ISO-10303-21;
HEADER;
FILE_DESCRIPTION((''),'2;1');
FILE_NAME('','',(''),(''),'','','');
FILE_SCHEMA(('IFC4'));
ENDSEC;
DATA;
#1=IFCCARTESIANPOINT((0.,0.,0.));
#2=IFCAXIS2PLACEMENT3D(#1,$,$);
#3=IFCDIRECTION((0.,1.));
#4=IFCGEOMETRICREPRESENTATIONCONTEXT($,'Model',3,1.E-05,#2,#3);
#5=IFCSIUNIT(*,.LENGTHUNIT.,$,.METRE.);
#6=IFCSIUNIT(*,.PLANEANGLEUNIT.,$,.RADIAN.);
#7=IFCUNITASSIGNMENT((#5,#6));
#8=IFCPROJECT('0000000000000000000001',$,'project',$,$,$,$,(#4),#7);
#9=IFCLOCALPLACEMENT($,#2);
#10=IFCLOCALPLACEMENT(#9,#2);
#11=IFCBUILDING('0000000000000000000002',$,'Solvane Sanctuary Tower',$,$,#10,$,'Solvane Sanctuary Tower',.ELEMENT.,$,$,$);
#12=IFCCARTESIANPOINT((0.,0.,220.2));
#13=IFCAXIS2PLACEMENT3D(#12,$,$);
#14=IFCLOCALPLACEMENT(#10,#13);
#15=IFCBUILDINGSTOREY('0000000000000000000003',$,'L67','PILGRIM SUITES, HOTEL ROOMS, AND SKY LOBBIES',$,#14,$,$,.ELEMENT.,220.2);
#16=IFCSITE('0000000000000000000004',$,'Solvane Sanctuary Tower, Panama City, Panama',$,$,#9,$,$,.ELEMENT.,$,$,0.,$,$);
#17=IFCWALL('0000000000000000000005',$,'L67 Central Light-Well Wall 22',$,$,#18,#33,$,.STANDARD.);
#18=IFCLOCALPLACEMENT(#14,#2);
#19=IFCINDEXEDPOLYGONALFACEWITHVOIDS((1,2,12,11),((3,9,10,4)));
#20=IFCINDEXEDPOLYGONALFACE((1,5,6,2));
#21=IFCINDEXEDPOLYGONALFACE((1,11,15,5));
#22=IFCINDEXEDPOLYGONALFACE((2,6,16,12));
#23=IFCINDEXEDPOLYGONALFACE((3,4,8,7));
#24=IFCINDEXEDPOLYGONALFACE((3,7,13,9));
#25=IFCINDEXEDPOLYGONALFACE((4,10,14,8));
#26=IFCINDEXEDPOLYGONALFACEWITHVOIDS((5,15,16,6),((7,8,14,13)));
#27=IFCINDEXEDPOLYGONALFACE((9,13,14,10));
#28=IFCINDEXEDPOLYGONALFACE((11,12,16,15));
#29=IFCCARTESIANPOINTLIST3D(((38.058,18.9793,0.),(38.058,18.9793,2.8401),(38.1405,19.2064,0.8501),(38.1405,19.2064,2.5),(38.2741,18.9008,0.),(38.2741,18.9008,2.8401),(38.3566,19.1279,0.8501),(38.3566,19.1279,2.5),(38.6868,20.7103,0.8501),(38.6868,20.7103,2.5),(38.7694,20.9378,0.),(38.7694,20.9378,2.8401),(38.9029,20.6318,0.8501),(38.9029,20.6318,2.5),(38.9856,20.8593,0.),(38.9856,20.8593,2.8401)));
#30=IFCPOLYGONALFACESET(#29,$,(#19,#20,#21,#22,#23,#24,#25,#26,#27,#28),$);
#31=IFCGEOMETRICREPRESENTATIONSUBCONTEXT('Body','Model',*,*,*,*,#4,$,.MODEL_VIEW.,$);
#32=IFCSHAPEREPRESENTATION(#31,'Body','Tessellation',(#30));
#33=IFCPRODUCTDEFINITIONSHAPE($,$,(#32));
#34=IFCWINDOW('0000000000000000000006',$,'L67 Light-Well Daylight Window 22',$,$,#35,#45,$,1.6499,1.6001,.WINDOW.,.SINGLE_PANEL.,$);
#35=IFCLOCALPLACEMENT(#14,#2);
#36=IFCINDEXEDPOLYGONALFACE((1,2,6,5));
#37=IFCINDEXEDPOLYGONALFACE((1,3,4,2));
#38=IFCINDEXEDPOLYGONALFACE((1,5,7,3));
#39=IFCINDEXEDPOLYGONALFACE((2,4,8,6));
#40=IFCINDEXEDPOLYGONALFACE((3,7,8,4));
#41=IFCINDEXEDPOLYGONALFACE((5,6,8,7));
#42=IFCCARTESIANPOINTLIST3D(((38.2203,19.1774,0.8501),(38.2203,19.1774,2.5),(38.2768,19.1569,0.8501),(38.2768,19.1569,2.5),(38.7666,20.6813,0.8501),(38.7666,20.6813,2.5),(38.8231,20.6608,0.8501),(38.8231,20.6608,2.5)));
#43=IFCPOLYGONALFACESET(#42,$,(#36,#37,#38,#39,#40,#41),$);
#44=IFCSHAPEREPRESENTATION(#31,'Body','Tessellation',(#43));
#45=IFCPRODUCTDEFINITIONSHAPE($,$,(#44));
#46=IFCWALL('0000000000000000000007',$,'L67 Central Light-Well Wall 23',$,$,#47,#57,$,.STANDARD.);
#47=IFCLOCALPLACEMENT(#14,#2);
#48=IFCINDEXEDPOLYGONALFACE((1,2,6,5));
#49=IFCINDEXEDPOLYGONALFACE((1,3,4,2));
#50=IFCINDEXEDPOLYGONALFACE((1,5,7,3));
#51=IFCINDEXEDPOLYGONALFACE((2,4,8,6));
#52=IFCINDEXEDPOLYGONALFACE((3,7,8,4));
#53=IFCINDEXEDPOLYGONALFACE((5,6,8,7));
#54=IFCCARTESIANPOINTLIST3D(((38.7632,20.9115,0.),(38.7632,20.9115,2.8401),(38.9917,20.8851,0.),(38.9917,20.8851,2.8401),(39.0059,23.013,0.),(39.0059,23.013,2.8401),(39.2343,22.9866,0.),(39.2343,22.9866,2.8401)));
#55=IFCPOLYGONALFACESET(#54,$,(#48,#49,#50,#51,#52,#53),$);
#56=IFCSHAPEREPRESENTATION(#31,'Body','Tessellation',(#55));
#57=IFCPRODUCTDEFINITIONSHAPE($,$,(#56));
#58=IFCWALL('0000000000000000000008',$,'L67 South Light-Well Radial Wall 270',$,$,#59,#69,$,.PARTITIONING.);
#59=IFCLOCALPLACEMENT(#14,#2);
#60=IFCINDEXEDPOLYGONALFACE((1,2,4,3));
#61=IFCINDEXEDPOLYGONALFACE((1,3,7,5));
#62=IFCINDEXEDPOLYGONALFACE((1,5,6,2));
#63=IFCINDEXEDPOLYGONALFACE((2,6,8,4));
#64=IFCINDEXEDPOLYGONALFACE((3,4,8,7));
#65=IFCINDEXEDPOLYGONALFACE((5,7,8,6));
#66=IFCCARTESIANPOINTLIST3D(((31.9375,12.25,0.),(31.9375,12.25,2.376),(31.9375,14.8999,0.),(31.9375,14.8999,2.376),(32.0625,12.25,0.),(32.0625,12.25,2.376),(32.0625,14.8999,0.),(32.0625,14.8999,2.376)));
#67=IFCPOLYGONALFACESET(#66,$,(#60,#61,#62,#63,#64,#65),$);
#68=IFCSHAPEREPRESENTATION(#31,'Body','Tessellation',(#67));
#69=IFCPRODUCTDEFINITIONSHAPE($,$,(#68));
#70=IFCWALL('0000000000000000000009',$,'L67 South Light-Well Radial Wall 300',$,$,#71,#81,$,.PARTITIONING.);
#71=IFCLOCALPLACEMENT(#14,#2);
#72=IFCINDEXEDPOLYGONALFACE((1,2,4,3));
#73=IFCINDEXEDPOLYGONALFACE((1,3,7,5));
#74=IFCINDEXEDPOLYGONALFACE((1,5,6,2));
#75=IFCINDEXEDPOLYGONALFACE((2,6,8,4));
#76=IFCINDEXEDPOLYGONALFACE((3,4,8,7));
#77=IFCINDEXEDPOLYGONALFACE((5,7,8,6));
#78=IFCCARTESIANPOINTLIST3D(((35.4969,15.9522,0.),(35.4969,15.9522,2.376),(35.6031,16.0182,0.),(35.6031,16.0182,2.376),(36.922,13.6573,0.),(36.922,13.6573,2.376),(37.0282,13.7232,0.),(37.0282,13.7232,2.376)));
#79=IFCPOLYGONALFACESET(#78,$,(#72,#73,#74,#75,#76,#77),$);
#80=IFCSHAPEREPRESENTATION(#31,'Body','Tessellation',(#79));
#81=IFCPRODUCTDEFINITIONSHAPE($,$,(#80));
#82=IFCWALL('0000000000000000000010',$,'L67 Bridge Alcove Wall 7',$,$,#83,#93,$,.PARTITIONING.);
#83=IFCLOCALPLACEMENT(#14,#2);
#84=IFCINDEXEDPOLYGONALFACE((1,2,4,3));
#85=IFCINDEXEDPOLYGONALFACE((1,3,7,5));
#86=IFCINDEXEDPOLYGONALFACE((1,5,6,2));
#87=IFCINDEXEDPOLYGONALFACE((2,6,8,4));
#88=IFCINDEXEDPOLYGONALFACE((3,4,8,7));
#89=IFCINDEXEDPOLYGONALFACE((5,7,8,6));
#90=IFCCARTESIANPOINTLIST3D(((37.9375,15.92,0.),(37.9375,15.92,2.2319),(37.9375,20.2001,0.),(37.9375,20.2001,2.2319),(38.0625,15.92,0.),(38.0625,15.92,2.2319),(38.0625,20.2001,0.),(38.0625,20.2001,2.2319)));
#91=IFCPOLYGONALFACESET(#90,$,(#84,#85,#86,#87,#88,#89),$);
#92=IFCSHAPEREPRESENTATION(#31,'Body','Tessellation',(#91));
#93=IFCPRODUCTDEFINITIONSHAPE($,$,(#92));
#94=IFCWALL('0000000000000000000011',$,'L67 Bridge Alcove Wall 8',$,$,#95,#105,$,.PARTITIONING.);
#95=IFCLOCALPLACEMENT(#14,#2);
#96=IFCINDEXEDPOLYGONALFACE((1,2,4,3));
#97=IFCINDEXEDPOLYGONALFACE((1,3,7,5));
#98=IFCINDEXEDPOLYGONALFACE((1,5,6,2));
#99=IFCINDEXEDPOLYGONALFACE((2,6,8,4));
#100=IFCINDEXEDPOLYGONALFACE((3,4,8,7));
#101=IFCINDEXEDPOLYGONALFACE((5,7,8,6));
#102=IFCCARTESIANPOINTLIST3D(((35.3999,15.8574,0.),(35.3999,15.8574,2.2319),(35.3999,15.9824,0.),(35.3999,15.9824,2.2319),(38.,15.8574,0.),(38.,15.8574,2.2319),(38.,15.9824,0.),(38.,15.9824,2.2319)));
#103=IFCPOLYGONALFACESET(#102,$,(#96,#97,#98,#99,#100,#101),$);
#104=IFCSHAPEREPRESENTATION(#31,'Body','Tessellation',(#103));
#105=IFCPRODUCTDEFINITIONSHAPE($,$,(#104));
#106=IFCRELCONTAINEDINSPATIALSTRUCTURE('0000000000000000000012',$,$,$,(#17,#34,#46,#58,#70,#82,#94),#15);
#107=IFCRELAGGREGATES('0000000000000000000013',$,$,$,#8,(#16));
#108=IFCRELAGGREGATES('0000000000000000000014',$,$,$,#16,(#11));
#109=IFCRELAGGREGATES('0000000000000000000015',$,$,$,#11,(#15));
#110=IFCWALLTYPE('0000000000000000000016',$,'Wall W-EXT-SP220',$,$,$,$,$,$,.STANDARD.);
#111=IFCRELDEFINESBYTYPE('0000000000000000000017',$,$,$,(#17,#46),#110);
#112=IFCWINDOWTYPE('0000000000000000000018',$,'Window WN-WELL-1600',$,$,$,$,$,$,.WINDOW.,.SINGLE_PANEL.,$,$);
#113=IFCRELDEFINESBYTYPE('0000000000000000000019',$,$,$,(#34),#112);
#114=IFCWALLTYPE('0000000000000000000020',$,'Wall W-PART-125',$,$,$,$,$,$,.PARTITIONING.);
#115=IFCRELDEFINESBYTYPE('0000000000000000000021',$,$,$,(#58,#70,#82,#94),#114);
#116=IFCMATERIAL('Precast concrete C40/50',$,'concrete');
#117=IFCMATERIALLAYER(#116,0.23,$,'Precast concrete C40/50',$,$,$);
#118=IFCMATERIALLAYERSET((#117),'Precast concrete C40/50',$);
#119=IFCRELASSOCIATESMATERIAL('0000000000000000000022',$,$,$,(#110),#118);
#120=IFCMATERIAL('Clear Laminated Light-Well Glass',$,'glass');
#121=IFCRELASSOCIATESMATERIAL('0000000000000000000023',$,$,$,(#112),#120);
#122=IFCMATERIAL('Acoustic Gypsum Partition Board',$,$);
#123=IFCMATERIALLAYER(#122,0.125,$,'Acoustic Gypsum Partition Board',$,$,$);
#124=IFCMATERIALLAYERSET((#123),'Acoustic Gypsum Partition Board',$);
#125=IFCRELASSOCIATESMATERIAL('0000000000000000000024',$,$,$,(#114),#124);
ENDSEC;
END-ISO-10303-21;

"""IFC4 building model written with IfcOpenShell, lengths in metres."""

from ifc_helpers import new_model, si_unit, direction, frame, frame_2d, origin, place, context, subcontext, project, spatial, rectangle, extrude, material, layer, layer_set, type_object, element, fill, save


model = new_model("IFC4")

# Units and contexts
model_context = context("Model", 3, precision=1e-05, world=origin(), true_north=direction((0.0, 1.0)))
body_context = subcontext(model_context, "Body", "Model", "MODEL_VIEW")
ifc_project = project(units=[si_unit("LENGTHUNIT", "METRE"), si_unit("PLANEANGLEUNIT", "RADIAN")], contexts=[model_context])

# Site, building, storey
site_placement = place(None, origin())
site = spatial("IfcSite", under=ifc_project, at=site_placement, Name="Solvane Sanctuary Tower, Panama City, Panama", CompositionType="ELEMENT", RefElevation=0.0)
building_placement = place(site_placement, origin())
building = spatial("IfcBuilding", under=site, at=building_placement, Name="Solvane Sanctuary Tower", LongName="Solvane Sanctuary Tower", CompositionType="ELEMENT")
storey_placement = place(building_placement, frame((0.0, 0.0, 220.2)))
storey = spatial("IfcBuildingStorey", under=building, at=storey_placement, Name="L67", Description="PILGRIM SUITES, HOTEL ROOMS, AND SKY LOBBIES", CompositionType="ELEMENT", Elevation=220.2)

# Shared definitions
ifc_material_1 = material(Name="Precast concrete C40/50", Category="concrete")
ifc_layer_1 = layer(ifc_material_1, 0.23, Name="Precast concrete C40/50")
ifc_layer_set_1 = layer_set([ifc_layer_1], Name="Precast concrete C40/50")
wall_type_1 = type_object("IfcWallType", Name="Wall W-EXT-SP220", PredefinedType="STANDARD", material=ifc_layer_set_1)

# Wall, opening, window
wall_1_placement = place(storey_placement, frame((38.166, 18.9399, 0.0), z_axis=(0.0, 0.0, 1.0), x_axis=(0.341423, 0.93991, 0.0)))
wall_1 = element("IfcWall", 1, at=wall_1_placement, inside=storey, type_object=wall_type_1, Name="L67 Central Light-Well Wall 22", PredefinedType="STANDARD", context=body_context, shape_type="SweptSolid", body=[
    extrude(rectangle(XDim=2.0837, YDim=0.23, at=frame_2d((1.042, 0.0))), origin(), (0.0, 0.0, 1.0), 2.8401),
])
opening_placement = place(wall_1_placement, frame((0.2417, 0.0, 0.8501)))
opening = element("IfcOpeningElement", 2, at=opening_placement, cuts=wall_1, PredefinedType="OPENING", context=body_context, shape_type="SweptSolid", body=[
    extrude(rectangle(XDim=1.6001, YDim=1.6499, at=frame_2d((0.8, 0.825))), frame((0.0, 0.125, 0.0), z_axis=(0.0, -1.0, 0.0), x_axis=(1.0, 0.0, 0.0)), (0.0, 0.0, 1.0), 0.25),
])
ifc_material_2 = material(Name="Clear Laminated Light-Well Glass", Category="glass")
window_type = type_object("IfcWindowType", Name="Window WN-WELL-1600", PartitioningType="SINGLE_PANEL", PredefinedType="WINDOW", material=ifc_material_2)
window_placement = place(opening_placement, origin())
window = element("IfcWindow", 3, at=window_placement, inside=storey, type_object=window_type, Name="L67 Light-Well Daylight Window 22", OverallHeight=1.6499, OverallWidth=1.6001, PartitioningType="SINGLE_PANEL", PredefinedType="WINDOW", context=body_context, shape_type="SweptSolid", body=[
    extrude(rectangle(XDim=1.6001, YDim=1.6499, at=frame_2d((0.8, 0.825))), frame((0.0, 0.03, 0.0), z_axis=(0.0, -1.0, 0.0), x_axis=(1.0, 0.0, 0.0)), (0.0, 0.0, 1.0), 0.0601),
])
fill(opening, window)

# Walls
wall_2_placement = place(storey_placement, frame((38.8774, 20.8984, 0.0), z_axis=(0.0, 0.0, 1.0), x_axis=(0.114712, 0.993399, 0.0)))
element("IfcWall", 4, at=wall_2_placement, inside=storey, type_object=wall_type_1, Name="L67 Central Light-Well Wall 23", PredefinedType="STANDARD", context=body_context, shape_type="SweptSolid", body=[
    extrude(rectangle(XDim=2.1155, YDim=0.23, at=frame_2d((1.0576, 0.0))), origin(), (0.0, 0.0, 1.0), 2.8401),
])
ifc_material_3 = material(Name="Acoustic Gypsum Partition Board")
ifc_layer_2 = layer(ifc_material_3, 0.125, Name="Acoustic Gypsum Partition Board")
ifc_layer_set_2 = layer_set([ifc_layer_2], Name="Acoustic Gypsum Partition Board")
wall_type_2 = type_object("IfcWallType", Name="Wall W-PART-125", PredefinedType="PARTITIONING", material=ifc_layer_set_2)
wall_3_placement = place(storey_placement, frame((32.0, 14.8999, 0.0), z_axis=(0.0, 0.0, 1.0), x_axis=(0.0, -1.0, 0.0)))
element("IfcWall", 5, at=wall_3_placement, inside=storey, type_object=wall_type_2, Name="L67 South Light-Well Radial Wall 270", PredefinedType="PARTITIONING", context=body_context, shape_type="SweptSolid", body=[
    extrude(rectangle(XDim=2.6499, YDim=0.125, at=frame_2d((1.325, 0.0))), origin(), (0.0, 0.0, 1.0), 2.376),
])
wall_4_placement = place(storey_placement, frame((35.55, 15.9851, 0.0), z_axis=(0.0, 0.0, 1.0), x_axis=(0.527527, -0.849538, 0.0)))
element("IfcWall", 6, at=wall_4_placement, inside=storey, type_object=wall_type_2, Name="L67 South Light-Well Radial Wall 300", PredefinedType="PARTITIONING", context=body_context, shape_type="SweptSolid", body=[
    extrude(rectangle(XDim=2.7014, YDim=0.125, at=frame_2d((1.3506, 0.0))), origin(), (0.0, 0.0, 1.0), 2.376),
])
wall_5_placement = place(storey_placement, frame((38.0, 15.9199, 0.0), z_axis=(0.0, 0.0, 1.0), x_axis=(0.0, 1.0, 0.0)))
element("IfcWall", 7, at=wall_5_placement, inside=storey, type_object=wall_type_2, Name="L67 Bridge Alcove Wall 7", PredefinedType="PARTITIONING", context=body_context, shape_type="SweptSolid", body=[
    extrude(rectangle(XDim=4.28, YDim=0.125, at=frame_2d((2.1401, 0.0))), origin(), (0.0, 0.0, 1.0), 2.2319),
])
wall_6_placement = place(storey_placement, frame((35.3999, 15.9199, 0.0), z_axis=(0.0, 0.0, 1.0), x_axis=(1.0, 0.0, 0.0)))
element("IfcWall", 8, at=wall_6_placement, inside=storey, type_object=wall_type_2, Name="L67 Bridge Alcove Wall 8", PredefinedType="PARTITIONING", context=body_context, shape_type="SweptSolid", body=[
    extrude(rectangle(XDim=2.6001, YDim=0.125, at=frame_2d((1.3, 0.0))), origin(), (0.0, 0.0, 1.0), 2.2319),
])

save(model, "model.ifc")
